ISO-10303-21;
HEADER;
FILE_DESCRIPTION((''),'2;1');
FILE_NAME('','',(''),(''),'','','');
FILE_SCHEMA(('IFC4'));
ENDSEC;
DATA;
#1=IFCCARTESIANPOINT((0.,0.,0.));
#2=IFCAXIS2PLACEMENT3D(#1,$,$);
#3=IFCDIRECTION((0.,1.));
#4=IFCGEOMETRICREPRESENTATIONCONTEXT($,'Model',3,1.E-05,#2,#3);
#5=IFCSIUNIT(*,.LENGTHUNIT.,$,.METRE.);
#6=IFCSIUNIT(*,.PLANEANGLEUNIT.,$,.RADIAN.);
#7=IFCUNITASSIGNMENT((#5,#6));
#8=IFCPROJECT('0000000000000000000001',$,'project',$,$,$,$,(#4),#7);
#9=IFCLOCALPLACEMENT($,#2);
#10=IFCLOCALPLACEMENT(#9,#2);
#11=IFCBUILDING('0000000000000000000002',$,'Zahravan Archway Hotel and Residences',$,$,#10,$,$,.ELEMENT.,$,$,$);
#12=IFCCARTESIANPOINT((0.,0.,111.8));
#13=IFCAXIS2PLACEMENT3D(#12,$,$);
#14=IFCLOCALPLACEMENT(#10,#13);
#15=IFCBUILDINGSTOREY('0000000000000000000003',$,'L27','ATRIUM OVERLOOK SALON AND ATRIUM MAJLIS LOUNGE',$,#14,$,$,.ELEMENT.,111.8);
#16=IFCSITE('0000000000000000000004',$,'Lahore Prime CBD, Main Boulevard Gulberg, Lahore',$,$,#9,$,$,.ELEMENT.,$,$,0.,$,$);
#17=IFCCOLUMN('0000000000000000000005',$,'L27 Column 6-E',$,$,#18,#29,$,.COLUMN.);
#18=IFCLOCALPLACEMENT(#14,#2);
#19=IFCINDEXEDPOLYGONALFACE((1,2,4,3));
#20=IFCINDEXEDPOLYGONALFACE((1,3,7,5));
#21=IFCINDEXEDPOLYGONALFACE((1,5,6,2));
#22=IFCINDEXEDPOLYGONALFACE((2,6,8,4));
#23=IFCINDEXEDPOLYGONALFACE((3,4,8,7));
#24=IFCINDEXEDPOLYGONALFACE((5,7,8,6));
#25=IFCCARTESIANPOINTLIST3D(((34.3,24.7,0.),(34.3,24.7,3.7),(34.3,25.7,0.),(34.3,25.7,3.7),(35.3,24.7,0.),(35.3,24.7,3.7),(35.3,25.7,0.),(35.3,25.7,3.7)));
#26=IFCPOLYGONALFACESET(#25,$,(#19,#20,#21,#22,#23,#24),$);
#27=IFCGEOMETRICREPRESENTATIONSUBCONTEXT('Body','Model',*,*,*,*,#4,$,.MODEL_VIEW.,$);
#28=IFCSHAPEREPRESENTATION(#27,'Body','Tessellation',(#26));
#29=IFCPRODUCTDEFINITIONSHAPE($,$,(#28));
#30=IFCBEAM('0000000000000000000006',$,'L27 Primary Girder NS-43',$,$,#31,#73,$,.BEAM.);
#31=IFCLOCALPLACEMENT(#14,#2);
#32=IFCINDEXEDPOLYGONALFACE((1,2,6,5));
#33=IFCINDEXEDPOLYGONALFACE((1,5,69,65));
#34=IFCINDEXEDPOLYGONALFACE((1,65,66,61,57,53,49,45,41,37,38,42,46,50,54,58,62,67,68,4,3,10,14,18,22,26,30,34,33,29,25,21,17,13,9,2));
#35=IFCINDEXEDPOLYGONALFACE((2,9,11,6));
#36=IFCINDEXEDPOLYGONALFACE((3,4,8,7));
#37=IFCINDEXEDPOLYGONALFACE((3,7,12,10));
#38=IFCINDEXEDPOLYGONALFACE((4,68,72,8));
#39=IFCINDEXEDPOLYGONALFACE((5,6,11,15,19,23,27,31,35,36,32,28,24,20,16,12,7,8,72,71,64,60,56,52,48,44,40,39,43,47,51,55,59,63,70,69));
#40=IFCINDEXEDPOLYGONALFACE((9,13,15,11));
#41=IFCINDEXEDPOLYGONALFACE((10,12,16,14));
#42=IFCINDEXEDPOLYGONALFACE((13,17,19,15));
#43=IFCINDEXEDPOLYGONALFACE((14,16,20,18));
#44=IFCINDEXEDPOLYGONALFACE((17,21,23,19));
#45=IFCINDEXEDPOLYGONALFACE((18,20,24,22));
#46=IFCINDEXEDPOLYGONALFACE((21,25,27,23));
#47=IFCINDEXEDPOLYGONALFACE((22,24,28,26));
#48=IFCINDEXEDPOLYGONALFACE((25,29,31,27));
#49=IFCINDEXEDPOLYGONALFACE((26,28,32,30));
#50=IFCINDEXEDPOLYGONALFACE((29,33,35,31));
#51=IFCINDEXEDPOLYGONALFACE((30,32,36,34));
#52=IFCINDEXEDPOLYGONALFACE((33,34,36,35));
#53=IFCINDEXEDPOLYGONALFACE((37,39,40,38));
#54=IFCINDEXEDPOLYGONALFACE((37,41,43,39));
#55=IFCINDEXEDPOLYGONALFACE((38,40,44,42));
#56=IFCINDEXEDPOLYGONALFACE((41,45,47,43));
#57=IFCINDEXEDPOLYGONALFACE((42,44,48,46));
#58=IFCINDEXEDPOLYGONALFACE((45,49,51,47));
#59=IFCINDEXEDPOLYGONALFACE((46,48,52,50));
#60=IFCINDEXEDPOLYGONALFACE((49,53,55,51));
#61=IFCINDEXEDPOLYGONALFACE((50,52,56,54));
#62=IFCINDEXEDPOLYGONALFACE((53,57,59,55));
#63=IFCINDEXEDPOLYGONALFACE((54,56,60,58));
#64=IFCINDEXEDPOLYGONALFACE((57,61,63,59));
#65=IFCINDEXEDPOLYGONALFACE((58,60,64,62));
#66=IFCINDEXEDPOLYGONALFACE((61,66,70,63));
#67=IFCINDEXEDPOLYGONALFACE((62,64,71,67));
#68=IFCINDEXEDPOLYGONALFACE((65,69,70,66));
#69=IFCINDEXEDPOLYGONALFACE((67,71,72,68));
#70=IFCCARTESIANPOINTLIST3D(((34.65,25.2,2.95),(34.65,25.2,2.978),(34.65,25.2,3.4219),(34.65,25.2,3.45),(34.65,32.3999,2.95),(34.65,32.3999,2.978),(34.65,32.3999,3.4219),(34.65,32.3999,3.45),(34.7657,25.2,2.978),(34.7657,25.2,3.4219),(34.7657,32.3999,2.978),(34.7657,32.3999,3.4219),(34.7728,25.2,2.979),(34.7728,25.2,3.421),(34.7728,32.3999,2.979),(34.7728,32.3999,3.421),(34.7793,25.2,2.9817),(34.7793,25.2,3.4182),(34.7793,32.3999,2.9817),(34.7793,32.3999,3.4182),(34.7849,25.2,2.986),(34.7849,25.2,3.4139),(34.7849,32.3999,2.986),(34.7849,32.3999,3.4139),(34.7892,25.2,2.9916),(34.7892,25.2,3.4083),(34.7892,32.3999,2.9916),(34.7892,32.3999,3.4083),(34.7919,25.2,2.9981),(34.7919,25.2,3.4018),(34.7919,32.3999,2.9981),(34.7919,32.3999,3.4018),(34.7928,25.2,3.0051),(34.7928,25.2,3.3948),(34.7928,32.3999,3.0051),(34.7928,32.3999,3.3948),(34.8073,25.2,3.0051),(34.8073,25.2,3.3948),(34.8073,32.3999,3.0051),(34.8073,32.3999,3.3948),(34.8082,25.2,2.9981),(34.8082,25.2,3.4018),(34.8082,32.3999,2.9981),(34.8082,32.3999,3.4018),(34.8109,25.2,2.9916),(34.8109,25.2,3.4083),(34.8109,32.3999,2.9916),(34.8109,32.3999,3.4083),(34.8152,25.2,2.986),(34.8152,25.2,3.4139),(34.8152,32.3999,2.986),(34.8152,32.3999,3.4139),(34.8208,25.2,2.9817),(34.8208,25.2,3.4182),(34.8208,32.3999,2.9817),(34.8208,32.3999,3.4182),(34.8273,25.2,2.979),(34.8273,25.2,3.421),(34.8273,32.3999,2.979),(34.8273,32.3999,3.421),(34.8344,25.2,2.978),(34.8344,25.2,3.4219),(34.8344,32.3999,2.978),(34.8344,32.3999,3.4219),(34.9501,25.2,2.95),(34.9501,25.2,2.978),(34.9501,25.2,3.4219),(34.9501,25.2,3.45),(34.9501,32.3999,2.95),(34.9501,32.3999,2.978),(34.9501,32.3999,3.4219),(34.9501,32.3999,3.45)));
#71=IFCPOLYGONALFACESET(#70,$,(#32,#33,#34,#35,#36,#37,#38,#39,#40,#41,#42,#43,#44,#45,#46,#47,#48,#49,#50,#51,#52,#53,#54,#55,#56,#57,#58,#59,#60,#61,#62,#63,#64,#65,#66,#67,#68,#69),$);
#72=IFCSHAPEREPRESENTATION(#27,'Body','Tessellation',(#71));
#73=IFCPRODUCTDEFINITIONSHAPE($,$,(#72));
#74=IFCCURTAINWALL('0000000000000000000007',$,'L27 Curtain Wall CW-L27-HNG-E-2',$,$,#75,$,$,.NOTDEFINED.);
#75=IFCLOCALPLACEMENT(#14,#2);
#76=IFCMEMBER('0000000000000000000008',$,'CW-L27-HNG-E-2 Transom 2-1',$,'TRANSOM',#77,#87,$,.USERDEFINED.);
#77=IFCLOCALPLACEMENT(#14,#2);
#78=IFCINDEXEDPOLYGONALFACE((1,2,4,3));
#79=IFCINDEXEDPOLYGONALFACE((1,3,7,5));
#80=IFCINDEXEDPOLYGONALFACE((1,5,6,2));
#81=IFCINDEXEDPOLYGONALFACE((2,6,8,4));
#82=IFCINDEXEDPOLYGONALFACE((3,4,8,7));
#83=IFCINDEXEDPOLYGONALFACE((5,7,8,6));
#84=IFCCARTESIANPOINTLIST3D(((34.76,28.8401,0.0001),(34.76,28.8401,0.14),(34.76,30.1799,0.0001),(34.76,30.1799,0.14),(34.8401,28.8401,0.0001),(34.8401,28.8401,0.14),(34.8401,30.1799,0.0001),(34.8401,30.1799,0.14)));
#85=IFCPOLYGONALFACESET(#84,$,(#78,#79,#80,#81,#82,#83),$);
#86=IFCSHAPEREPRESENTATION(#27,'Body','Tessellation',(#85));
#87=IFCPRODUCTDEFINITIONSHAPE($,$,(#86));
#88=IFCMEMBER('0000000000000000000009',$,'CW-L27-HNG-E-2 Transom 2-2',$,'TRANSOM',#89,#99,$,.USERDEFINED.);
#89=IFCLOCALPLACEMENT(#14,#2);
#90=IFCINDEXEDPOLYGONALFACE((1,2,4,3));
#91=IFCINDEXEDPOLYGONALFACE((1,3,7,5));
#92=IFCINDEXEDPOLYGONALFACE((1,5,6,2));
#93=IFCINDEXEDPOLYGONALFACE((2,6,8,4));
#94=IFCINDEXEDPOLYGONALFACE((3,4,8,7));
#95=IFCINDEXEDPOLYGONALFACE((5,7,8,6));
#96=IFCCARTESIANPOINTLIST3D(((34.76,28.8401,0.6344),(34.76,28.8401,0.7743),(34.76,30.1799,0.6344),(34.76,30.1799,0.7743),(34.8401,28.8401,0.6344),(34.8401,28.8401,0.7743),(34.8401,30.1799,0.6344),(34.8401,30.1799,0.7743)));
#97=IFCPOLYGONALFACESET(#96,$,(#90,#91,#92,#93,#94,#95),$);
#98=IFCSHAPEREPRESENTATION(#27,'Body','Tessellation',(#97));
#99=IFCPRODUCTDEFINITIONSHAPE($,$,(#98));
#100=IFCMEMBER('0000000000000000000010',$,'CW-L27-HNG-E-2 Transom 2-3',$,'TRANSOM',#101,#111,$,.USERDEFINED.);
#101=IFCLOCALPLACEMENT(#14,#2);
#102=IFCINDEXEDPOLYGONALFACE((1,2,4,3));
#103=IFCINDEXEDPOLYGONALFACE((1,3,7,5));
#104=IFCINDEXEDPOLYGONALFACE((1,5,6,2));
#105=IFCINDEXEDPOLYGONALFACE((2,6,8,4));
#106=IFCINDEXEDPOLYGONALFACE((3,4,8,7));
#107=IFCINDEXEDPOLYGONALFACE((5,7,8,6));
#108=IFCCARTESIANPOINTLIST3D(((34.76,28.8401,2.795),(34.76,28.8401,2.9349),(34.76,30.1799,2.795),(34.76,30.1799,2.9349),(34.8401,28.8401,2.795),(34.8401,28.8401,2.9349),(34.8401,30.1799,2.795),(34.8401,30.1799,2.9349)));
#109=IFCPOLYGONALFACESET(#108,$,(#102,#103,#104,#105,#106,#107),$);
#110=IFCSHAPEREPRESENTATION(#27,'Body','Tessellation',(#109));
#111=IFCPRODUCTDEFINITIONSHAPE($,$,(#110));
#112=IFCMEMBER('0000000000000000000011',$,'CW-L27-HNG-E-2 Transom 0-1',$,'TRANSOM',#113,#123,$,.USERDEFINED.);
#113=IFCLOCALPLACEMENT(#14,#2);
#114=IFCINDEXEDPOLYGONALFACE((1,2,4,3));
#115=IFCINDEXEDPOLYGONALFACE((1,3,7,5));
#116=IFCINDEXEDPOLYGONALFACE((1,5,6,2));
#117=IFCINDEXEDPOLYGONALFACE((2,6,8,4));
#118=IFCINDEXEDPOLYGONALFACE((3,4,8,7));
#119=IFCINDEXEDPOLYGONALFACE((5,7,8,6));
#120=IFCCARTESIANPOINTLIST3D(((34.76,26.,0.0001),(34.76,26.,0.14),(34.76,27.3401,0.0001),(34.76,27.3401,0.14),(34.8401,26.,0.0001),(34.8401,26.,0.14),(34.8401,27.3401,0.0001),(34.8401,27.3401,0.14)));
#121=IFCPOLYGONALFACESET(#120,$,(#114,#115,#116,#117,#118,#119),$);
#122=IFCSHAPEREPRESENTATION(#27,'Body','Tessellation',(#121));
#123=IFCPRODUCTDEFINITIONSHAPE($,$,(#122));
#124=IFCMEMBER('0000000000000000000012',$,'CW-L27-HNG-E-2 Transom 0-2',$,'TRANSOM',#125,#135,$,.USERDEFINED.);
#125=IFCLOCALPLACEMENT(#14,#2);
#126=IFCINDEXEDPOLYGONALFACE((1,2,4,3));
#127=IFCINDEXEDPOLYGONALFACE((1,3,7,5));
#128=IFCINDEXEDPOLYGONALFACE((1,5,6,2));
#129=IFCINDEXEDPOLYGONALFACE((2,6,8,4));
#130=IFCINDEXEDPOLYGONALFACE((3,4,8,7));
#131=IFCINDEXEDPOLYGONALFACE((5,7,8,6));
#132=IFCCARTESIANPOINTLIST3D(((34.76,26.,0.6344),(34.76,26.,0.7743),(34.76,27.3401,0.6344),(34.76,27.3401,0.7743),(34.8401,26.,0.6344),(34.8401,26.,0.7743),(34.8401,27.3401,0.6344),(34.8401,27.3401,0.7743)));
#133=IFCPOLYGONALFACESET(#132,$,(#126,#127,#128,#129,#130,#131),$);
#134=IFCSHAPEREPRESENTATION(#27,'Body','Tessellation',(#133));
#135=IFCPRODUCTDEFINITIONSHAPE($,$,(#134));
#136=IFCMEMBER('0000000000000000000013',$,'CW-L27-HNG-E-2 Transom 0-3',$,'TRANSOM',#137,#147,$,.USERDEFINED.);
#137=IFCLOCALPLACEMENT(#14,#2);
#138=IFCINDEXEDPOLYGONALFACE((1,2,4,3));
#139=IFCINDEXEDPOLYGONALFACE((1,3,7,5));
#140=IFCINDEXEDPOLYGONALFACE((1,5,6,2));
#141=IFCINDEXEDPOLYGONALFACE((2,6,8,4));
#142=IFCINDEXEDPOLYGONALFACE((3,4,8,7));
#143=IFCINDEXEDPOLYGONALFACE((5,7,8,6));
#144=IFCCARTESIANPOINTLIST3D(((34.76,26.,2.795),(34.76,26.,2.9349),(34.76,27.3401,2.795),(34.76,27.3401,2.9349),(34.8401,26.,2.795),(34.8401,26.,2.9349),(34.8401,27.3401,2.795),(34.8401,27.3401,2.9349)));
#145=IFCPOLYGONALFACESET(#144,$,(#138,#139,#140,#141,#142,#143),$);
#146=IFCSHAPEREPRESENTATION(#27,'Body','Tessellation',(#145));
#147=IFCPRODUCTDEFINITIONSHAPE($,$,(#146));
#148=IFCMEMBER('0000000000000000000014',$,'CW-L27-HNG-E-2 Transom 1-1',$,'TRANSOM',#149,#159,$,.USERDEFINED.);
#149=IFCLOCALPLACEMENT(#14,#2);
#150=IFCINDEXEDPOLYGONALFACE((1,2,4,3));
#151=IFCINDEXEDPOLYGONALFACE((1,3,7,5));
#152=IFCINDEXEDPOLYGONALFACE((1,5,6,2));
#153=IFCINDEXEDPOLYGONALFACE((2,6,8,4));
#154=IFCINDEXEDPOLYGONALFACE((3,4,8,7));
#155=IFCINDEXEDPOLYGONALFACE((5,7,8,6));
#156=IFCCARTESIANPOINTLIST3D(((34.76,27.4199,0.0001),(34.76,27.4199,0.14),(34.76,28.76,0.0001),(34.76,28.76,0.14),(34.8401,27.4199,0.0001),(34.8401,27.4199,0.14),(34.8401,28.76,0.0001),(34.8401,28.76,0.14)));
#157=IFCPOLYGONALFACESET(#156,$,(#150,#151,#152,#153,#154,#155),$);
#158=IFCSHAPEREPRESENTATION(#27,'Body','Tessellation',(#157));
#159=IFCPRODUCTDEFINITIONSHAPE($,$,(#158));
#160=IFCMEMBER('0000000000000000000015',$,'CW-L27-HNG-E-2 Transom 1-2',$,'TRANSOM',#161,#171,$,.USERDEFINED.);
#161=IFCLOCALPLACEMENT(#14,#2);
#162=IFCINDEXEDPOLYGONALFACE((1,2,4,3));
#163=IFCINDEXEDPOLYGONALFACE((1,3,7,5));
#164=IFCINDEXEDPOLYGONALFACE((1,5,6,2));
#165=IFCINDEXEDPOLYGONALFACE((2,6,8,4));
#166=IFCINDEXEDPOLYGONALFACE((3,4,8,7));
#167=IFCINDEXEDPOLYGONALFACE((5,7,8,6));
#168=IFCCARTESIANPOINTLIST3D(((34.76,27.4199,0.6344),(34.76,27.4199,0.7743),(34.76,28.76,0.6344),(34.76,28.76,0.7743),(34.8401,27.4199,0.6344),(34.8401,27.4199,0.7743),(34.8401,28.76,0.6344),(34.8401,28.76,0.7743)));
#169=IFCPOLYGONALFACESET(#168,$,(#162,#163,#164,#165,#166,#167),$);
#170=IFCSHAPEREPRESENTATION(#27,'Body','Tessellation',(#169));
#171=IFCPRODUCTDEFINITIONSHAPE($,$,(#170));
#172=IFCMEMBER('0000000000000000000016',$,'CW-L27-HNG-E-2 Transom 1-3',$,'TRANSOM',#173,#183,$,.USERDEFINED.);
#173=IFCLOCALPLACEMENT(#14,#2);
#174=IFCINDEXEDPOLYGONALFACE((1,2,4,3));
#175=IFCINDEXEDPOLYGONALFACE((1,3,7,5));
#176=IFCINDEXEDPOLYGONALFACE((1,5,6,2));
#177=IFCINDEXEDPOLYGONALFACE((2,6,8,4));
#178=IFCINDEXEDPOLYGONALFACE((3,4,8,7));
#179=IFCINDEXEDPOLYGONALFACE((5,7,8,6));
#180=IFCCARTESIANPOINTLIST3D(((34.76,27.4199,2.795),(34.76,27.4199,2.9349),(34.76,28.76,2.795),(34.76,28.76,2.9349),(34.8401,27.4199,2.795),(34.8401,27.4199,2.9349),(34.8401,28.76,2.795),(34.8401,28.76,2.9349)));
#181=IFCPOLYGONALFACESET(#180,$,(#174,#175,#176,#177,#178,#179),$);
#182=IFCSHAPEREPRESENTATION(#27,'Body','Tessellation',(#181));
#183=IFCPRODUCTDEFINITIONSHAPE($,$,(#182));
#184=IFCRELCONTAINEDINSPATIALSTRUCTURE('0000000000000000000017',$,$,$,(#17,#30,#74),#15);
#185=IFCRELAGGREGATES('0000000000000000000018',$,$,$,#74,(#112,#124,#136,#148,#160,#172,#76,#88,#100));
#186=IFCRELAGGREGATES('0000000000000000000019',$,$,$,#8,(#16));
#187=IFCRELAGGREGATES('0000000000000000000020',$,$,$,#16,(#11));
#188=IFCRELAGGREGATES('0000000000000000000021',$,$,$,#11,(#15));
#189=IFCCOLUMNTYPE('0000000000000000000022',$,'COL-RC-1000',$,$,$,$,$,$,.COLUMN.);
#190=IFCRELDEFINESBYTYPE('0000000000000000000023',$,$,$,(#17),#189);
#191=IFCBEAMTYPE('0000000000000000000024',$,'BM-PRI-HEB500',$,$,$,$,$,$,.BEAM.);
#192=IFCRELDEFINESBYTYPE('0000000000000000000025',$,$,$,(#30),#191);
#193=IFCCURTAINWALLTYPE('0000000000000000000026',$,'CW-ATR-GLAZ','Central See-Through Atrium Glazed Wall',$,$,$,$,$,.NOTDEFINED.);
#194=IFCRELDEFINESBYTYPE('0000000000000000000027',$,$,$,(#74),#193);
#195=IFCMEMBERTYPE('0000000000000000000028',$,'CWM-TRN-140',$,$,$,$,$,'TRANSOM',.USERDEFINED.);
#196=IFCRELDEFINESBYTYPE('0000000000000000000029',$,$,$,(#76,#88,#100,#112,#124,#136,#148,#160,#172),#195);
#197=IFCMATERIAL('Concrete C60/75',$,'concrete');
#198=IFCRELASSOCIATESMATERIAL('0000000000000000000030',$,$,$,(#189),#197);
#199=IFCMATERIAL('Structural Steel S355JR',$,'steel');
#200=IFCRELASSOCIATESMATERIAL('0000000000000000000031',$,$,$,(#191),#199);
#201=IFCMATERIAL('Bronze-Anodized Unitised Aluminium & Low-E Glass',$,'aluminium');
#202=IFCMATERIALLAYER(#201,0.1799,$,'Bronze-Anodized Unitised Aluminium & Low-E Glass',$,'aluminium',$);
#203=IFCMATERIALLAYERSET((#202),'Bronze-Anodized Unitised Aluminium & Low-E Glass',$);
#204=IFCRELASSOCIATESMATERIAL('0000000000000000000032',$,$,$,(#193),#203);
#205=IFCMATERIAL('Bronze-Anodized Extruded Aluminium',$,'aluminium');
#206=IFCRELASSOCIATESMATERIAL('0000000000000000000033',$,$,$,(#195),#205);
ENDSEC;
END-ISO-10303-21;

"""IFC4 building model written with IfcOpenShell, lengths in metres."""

from ifc_helpers import new_model, si_unit, direction, frame, origin, origin_2d, place, context, subcontext, project, spatial, rectangle, i_section, extrude, source, transform, mapped, material, layer, layer_set, material_profile, profile_set, type_object, type_shapes, element, aggregate, save


model = new_model("IFC4")

# Units and contexts
model_context = context("Model", 3, precision=1e-05, world=origin(), true_north=direction((0.0, 1.0)))
body_context = subcontext(model_context, "Body", "Model", "MODEL_VIEW")
ifc_project = project(units=[si_unit("LENGTHUNIT", "METRE"), si_unit("PLANEANGLEUNIT", "RADIAN")], contexts=[model_context])

# Site, building, storey
site_placement = place(None, origin())
site = spatial("IfcSite", under=ifc_project, at=site_placement, Name="Lahore Prime CBD, Main Boulevard Gulberg, Lahore", CompositionType="ELEMENT", RefElevation=0.0)
building_placement = place(site_placement, origin())
building = spatial("IfcBuilding", under=site, at=building_placement, Name="Zahravan Archway Hotel and Residences", CompositionType="ELEMENT")
storey_placement = place(building_placement, frame((0.0, 0.0, 111.8)))
storey = spatial("IfcBuildingStorey", under=building, at=storey_placement, Name="L27", Description="ATRIUM OVERLOOK SALON AND ATRIUM MAJLIS LOUNGE", CompositionType="ELEMENT", Elevation=111.8)

# Column
ifc_material_1 = material(Name="Concrete C60/75", Category="concrete")
ifc_material_profile_1 = material_profile(ifc_material_1, rectangle(XDim=1.0, YDim=1.0, at=origin_2d()), Name="RC-COL-1000x1000", Category="concrete")
ifc_profile_set_1 = profile_set([ifc_material_profile_1], Name="Concrete C60/75")
column_type = type_object("IfcColumnType", Name="COL-RC-1000", PredefinedType="COLUMN", material=ifc_profile_set_1)
shared_shape_1 = source(origin(), body_context, "Body", "SweptSolid", [
    extrude(rectangle(XDim=1.0, YDim=1.0, at=origin_2d()), origin(), (0.0, 0.0, 1.0), 3.7),
])
type_shapes(column_type, [shared_shape_1])
column_placement = place(storey_placement, frame((34.8, 25.2, 0.0), z_axis=(0.0, 0.0, 1.0), x_axis=(1.0, 0.0, 0.0)))
element("IfcColumn", 1, at=column_placement, inside=storey, type_object=column_type, Name="L27 Column 6-E", PredefinedType="COLUMN", context=body_context, shape_type="MappedRepresentation", body=[
    mapped(shared_shape_1, transform((0.0, 0.0, 0.0), scale=1.0)),
])

# Beam
ifc_material_2 = material(Name="Structural Steel S355JR", Category="steel")
ifc_material_profile_2 = material_profile(ifc_material_2, i_section(OverallWidth=0.3, OverallDepth=0.5, WebThickness=0.0144, FlangeThickness=0.0281, FilletRadius=0.0271, at=origin_2d()), Name="HEB 500", Category="steel")
ifc_profile_set_2 = profile_set([ifc_material_profile_2], Name="Structural Steel S355JR")
beam_type = type_object("IfcBeamType", Name="BM-PRI-HEB500", PredefinedType="BEAM", material=ifc_profile_set_2)
shared_shape_2 = source(origin(), body_context, "Body", "SweptSolid", [
    extrude(i_section(OverallWidth=0.3, OverallDepth=0.5, WebThickness=0.0144, FlangeThickness=0.0281, FilletRadius=0.0271, at=origin_2d()), origin(), (0.0, 0.0, 1.0), 7.2),
])
beam_placement = place(storey_placement, frame((34.8, 25.2, 3.2), z_axis=(0.0, 1.0, 0.0), x_axis=(-1.0, 0.0, 0.0)))
element("IfcBeam", 2, at=beam_placement, inside=storey, type_object=beam_type, Name="L27 Primary Girder NS-43", PredefinedType="BEAM", context=body_context, shape_type="MappedRepresentation", body=[
    mapped(shared_shape_2, transform((0.0, 0.0, 0.0), scale=1.0)),
])

# Curtain wall, members
ifc_material_3 = material(Name="Bronze-Anodized Unitised Aluminium & Low-E Glass", Category="aluminium")
ifc_layer_1 = layer(ifc_material_3, 0.1799, Name="Bronze-Anodized Unitised Aluminium & Low-E Glass", Category="aluminium")
ifc_layer_set_1 = layer_set([ifc_layer_1], Name="Bronze-Anodized Unitised Aluminium & Low-E Glass")
curtain_wall_type = type_object("IfcCurtainWallType", Name="CW-ATR-GLAZ", Description="Central See-Through Atrium Glazed Wall", PredefinedType="NOTDEFINED", material=ifc_layer_set_1)
curtain_wall_1_placement = place(storey_placement, origin())
curtain_wall_1 = element("IfcCurtainWall", 3, at=curtain_wall_1_placement, inside=storey, type_object=curtain_wall_type, Name="L27 Curtain Wall CW-L27-HNG-E-2", PredefinedType="NOTDEFINED")
ifc_material_4 = material(Name="Bronze-Anodized Extruded Aluminium", Category="aluminium")
ifc_material_profile_3 = material_profile(ifc_material_4, rectangle(XDim=0.0801, YDim=0.1399, at=origin_2d()), Name="TRN 80x140", Category="aluminium")
ifc_profile_set_3 = profile_set([ifc_material_profile_3], Name="Bronze-Anodized Extruded Aluminium")
member_type_1 = type_object("IfcMemberType", Name="CWM-TRN-140", ElementType="TRANSOM", PredefinedType="USERDEFINED", material=ifc_profile_set_3)
shared_shape_3 = source(origin(), body_context, "Body", "SweptSolid", [
    extrude(rectangle(XDim=0.0801, YDim=0.1399, at=origin_2d()), origin(), (0.0, 0.0, 1.0), 1.3398),
])
member_1_placement = place(storey_placement, frame((34.8, 28.8401, 0.0701), z_axis=(0.0, 1.0, 0.0), x_axis=(-1.0, 0.0, 0.0)))
member_1 = element("IfcMember", 4, at=member_1_placement, type_object=member_type_1, Name="CW-L27-HNG-E-2 Transom 2-1", ObjectType="TRANSOM", PredefinedType="USERDEFINED", context=body_context, shape_type="MappedRepresentation", body=[
    mapped(shared_shape_3, transform((0.0, 0.0, 0.0), scale=1.0)),
])
member_2_placement = place(storey_placement, frame((34.8, 28.8401, 0.7043), z_axis=(0.0, 1.0, 0.0), x_axis=(-1.0, 0.0, 0.0)))
member_2 = element("IfcMember", 5, at=member_2_placement, type_object=member_type_1, Name="CW-L27-HNG-E-2 Transom 2-2", ObjectType="TRANSOM", PredefinedType="USERDEFINED", context=body_context, shape_type="MappedRepresentation", body=[
    mapped(shared_shape_3, transform((0.0, 0.0, 0.0), scale=1.0)),
])
member_3_placement = place(storey_placement, frame((34.8, 28.8401, 2.865), z_axis=(0.0, 1.0, 0.0), x_axis=(-1.0, 0.0, 0.0)))
member_3 = element("IfcMember", 6, at=member_3_placement, type_object=member_type_1, Name="CW-L27-HNG-E-2 Transom 2-3", ObjectType="TRANSOM", PredefinedType="USERDEFINED", context=body_context, shape_type="MappedRepresentation", body=[
    mapped(shared_shape_3, transform((0.0, 0.0, 0.0), scale=1.0)),
])
shared_shape_4 = source(origin(), body_context, "Body", "SweptSolid", [
    extrude(rectangle(XDim=0.0801, YDim=0.1399, at=origin_2d()), origin(), (0.0, 0.0, 1.0), 1.3401),
])
member_4_placement = place(storey_placement, frame((34.8, 26.0, 0.0701), z_axis=(0.0, 1.0, 0.0), x_axis=(-1.0, 0.0, 0.0)))
member_4 = element("IfcMember", 7, at=member_4_placement, type_object=member_type_1, Name="CW-L27-HNG-E-2 Transom 0-1", ObjectType="TRANSOM", PredefinedType="USERDEFINED", context=body_context, shape_type="MappedRepresentation", body=[
    mapped(shared_shape_4, transform((0.0, 0.0, 0.0), scale=1.0)),
])
member_5_placement = place(storey_placement, frame((34.8, 26.0, 0.7043), z_axis=(0.0, 1.0, 0.0), x_axis=(-1.0, 0.0, 0.0)))
member_5 = element("IfcMember", 8, at=member_5_placement, type_object=member_type_1, Name="CW-L27-HNG-E-2 Transom 0-2", ObjectType="TRANSOM", PredefinedType="USERDEFINED", context=body_context, shape_type="MappedRepresentation", body=[
    mapped(shared_shape_4, transform((0.0, 0.0, 0.0), scale=1.0)),
])
member_6_placement = place(storey_placement, frame((34.8, 26.0, 2.865), z_axis=(0.0, 1.0, 0.0), x_axis=(-1.0, 0.0, 0.0)))
member_6 = element("IfcMember", 9, at=member_6_placement, type_object=member_type_1, Name="CW-L27-HNG-E-2 Transom 0-3", ObjectType="TRANSOM", PredefinedType="USERDEFINED", context=body_context, shape_type="MappedRepresentation", body=[
    mapped(shared_shape_4, transform((0.0, 0.0, 0.0), scale=1.0)),
])
member_7_placement = place(storey_placement, frame((34.8, 27.4199, 0.0701), z_axis=(0.0, 1.0, 0.0), x_axis=(-1.0, 0.0, 0.0)))
member_7 = element("IfcMember", 10, at=member_7_placement, type_object=member_type_1, Name="CW-L27-HNG-E-2 Transom 1-1", ObjectType="TRANSOM", PredefinedType="USERDEFINED", context=body_context, shape_type="MappedRepresentation", body=[
    mapped(shared_shape_4, transform((0.0, 0.0, 0.0), scale=1.0)),
])
member_8_placement = place(storey_placement, frame((34.8, 27.4199, 0.7043), z_axis=(0.0, 1.0, 0.0), x_axis=(-1.0, 0.0, 0.0)))
member_8 = element("IfcMember", 11, at=member_8_placement, type_object=member_type_1, Name="CW-L27-HNG-E-2 Transom 1-2", ObjectType="TRANSOM", PredefinedType="USERDEFINED", context=body_context, shape_type="MappedRepresentation", body=[
    mapped(shared_shape_4, transform((0.0, 0.0, 0.0), scale=1.0)),
])
member_9_placement = place(storey_placement, frame((34.8, 27.4199, 2.865), z_axis=(0.0, 1.0, 0.0), x_axis=(-1.0, 0.0, 0.0)))
member_9 = element("IfcMember", 12, at=member_9_placement, type_object=member_type_1, Name="CW-L27-HNG-E-2 Transom 1-3", ObjectType="TRANSOM", PredefinedType="USERDEFINED", context=body_context, shape_type="MappedRepresentation", body=[
    mapped(shared_shape_4, transform((0.0, 0.0, 0.0), scale=1.0)),
])

aggregate(curtain_wall_1, [member_4, member_5, member_6, member_7, member_8, member_9, member_1, member_2, member_3])

save(model, "model.ifc")
